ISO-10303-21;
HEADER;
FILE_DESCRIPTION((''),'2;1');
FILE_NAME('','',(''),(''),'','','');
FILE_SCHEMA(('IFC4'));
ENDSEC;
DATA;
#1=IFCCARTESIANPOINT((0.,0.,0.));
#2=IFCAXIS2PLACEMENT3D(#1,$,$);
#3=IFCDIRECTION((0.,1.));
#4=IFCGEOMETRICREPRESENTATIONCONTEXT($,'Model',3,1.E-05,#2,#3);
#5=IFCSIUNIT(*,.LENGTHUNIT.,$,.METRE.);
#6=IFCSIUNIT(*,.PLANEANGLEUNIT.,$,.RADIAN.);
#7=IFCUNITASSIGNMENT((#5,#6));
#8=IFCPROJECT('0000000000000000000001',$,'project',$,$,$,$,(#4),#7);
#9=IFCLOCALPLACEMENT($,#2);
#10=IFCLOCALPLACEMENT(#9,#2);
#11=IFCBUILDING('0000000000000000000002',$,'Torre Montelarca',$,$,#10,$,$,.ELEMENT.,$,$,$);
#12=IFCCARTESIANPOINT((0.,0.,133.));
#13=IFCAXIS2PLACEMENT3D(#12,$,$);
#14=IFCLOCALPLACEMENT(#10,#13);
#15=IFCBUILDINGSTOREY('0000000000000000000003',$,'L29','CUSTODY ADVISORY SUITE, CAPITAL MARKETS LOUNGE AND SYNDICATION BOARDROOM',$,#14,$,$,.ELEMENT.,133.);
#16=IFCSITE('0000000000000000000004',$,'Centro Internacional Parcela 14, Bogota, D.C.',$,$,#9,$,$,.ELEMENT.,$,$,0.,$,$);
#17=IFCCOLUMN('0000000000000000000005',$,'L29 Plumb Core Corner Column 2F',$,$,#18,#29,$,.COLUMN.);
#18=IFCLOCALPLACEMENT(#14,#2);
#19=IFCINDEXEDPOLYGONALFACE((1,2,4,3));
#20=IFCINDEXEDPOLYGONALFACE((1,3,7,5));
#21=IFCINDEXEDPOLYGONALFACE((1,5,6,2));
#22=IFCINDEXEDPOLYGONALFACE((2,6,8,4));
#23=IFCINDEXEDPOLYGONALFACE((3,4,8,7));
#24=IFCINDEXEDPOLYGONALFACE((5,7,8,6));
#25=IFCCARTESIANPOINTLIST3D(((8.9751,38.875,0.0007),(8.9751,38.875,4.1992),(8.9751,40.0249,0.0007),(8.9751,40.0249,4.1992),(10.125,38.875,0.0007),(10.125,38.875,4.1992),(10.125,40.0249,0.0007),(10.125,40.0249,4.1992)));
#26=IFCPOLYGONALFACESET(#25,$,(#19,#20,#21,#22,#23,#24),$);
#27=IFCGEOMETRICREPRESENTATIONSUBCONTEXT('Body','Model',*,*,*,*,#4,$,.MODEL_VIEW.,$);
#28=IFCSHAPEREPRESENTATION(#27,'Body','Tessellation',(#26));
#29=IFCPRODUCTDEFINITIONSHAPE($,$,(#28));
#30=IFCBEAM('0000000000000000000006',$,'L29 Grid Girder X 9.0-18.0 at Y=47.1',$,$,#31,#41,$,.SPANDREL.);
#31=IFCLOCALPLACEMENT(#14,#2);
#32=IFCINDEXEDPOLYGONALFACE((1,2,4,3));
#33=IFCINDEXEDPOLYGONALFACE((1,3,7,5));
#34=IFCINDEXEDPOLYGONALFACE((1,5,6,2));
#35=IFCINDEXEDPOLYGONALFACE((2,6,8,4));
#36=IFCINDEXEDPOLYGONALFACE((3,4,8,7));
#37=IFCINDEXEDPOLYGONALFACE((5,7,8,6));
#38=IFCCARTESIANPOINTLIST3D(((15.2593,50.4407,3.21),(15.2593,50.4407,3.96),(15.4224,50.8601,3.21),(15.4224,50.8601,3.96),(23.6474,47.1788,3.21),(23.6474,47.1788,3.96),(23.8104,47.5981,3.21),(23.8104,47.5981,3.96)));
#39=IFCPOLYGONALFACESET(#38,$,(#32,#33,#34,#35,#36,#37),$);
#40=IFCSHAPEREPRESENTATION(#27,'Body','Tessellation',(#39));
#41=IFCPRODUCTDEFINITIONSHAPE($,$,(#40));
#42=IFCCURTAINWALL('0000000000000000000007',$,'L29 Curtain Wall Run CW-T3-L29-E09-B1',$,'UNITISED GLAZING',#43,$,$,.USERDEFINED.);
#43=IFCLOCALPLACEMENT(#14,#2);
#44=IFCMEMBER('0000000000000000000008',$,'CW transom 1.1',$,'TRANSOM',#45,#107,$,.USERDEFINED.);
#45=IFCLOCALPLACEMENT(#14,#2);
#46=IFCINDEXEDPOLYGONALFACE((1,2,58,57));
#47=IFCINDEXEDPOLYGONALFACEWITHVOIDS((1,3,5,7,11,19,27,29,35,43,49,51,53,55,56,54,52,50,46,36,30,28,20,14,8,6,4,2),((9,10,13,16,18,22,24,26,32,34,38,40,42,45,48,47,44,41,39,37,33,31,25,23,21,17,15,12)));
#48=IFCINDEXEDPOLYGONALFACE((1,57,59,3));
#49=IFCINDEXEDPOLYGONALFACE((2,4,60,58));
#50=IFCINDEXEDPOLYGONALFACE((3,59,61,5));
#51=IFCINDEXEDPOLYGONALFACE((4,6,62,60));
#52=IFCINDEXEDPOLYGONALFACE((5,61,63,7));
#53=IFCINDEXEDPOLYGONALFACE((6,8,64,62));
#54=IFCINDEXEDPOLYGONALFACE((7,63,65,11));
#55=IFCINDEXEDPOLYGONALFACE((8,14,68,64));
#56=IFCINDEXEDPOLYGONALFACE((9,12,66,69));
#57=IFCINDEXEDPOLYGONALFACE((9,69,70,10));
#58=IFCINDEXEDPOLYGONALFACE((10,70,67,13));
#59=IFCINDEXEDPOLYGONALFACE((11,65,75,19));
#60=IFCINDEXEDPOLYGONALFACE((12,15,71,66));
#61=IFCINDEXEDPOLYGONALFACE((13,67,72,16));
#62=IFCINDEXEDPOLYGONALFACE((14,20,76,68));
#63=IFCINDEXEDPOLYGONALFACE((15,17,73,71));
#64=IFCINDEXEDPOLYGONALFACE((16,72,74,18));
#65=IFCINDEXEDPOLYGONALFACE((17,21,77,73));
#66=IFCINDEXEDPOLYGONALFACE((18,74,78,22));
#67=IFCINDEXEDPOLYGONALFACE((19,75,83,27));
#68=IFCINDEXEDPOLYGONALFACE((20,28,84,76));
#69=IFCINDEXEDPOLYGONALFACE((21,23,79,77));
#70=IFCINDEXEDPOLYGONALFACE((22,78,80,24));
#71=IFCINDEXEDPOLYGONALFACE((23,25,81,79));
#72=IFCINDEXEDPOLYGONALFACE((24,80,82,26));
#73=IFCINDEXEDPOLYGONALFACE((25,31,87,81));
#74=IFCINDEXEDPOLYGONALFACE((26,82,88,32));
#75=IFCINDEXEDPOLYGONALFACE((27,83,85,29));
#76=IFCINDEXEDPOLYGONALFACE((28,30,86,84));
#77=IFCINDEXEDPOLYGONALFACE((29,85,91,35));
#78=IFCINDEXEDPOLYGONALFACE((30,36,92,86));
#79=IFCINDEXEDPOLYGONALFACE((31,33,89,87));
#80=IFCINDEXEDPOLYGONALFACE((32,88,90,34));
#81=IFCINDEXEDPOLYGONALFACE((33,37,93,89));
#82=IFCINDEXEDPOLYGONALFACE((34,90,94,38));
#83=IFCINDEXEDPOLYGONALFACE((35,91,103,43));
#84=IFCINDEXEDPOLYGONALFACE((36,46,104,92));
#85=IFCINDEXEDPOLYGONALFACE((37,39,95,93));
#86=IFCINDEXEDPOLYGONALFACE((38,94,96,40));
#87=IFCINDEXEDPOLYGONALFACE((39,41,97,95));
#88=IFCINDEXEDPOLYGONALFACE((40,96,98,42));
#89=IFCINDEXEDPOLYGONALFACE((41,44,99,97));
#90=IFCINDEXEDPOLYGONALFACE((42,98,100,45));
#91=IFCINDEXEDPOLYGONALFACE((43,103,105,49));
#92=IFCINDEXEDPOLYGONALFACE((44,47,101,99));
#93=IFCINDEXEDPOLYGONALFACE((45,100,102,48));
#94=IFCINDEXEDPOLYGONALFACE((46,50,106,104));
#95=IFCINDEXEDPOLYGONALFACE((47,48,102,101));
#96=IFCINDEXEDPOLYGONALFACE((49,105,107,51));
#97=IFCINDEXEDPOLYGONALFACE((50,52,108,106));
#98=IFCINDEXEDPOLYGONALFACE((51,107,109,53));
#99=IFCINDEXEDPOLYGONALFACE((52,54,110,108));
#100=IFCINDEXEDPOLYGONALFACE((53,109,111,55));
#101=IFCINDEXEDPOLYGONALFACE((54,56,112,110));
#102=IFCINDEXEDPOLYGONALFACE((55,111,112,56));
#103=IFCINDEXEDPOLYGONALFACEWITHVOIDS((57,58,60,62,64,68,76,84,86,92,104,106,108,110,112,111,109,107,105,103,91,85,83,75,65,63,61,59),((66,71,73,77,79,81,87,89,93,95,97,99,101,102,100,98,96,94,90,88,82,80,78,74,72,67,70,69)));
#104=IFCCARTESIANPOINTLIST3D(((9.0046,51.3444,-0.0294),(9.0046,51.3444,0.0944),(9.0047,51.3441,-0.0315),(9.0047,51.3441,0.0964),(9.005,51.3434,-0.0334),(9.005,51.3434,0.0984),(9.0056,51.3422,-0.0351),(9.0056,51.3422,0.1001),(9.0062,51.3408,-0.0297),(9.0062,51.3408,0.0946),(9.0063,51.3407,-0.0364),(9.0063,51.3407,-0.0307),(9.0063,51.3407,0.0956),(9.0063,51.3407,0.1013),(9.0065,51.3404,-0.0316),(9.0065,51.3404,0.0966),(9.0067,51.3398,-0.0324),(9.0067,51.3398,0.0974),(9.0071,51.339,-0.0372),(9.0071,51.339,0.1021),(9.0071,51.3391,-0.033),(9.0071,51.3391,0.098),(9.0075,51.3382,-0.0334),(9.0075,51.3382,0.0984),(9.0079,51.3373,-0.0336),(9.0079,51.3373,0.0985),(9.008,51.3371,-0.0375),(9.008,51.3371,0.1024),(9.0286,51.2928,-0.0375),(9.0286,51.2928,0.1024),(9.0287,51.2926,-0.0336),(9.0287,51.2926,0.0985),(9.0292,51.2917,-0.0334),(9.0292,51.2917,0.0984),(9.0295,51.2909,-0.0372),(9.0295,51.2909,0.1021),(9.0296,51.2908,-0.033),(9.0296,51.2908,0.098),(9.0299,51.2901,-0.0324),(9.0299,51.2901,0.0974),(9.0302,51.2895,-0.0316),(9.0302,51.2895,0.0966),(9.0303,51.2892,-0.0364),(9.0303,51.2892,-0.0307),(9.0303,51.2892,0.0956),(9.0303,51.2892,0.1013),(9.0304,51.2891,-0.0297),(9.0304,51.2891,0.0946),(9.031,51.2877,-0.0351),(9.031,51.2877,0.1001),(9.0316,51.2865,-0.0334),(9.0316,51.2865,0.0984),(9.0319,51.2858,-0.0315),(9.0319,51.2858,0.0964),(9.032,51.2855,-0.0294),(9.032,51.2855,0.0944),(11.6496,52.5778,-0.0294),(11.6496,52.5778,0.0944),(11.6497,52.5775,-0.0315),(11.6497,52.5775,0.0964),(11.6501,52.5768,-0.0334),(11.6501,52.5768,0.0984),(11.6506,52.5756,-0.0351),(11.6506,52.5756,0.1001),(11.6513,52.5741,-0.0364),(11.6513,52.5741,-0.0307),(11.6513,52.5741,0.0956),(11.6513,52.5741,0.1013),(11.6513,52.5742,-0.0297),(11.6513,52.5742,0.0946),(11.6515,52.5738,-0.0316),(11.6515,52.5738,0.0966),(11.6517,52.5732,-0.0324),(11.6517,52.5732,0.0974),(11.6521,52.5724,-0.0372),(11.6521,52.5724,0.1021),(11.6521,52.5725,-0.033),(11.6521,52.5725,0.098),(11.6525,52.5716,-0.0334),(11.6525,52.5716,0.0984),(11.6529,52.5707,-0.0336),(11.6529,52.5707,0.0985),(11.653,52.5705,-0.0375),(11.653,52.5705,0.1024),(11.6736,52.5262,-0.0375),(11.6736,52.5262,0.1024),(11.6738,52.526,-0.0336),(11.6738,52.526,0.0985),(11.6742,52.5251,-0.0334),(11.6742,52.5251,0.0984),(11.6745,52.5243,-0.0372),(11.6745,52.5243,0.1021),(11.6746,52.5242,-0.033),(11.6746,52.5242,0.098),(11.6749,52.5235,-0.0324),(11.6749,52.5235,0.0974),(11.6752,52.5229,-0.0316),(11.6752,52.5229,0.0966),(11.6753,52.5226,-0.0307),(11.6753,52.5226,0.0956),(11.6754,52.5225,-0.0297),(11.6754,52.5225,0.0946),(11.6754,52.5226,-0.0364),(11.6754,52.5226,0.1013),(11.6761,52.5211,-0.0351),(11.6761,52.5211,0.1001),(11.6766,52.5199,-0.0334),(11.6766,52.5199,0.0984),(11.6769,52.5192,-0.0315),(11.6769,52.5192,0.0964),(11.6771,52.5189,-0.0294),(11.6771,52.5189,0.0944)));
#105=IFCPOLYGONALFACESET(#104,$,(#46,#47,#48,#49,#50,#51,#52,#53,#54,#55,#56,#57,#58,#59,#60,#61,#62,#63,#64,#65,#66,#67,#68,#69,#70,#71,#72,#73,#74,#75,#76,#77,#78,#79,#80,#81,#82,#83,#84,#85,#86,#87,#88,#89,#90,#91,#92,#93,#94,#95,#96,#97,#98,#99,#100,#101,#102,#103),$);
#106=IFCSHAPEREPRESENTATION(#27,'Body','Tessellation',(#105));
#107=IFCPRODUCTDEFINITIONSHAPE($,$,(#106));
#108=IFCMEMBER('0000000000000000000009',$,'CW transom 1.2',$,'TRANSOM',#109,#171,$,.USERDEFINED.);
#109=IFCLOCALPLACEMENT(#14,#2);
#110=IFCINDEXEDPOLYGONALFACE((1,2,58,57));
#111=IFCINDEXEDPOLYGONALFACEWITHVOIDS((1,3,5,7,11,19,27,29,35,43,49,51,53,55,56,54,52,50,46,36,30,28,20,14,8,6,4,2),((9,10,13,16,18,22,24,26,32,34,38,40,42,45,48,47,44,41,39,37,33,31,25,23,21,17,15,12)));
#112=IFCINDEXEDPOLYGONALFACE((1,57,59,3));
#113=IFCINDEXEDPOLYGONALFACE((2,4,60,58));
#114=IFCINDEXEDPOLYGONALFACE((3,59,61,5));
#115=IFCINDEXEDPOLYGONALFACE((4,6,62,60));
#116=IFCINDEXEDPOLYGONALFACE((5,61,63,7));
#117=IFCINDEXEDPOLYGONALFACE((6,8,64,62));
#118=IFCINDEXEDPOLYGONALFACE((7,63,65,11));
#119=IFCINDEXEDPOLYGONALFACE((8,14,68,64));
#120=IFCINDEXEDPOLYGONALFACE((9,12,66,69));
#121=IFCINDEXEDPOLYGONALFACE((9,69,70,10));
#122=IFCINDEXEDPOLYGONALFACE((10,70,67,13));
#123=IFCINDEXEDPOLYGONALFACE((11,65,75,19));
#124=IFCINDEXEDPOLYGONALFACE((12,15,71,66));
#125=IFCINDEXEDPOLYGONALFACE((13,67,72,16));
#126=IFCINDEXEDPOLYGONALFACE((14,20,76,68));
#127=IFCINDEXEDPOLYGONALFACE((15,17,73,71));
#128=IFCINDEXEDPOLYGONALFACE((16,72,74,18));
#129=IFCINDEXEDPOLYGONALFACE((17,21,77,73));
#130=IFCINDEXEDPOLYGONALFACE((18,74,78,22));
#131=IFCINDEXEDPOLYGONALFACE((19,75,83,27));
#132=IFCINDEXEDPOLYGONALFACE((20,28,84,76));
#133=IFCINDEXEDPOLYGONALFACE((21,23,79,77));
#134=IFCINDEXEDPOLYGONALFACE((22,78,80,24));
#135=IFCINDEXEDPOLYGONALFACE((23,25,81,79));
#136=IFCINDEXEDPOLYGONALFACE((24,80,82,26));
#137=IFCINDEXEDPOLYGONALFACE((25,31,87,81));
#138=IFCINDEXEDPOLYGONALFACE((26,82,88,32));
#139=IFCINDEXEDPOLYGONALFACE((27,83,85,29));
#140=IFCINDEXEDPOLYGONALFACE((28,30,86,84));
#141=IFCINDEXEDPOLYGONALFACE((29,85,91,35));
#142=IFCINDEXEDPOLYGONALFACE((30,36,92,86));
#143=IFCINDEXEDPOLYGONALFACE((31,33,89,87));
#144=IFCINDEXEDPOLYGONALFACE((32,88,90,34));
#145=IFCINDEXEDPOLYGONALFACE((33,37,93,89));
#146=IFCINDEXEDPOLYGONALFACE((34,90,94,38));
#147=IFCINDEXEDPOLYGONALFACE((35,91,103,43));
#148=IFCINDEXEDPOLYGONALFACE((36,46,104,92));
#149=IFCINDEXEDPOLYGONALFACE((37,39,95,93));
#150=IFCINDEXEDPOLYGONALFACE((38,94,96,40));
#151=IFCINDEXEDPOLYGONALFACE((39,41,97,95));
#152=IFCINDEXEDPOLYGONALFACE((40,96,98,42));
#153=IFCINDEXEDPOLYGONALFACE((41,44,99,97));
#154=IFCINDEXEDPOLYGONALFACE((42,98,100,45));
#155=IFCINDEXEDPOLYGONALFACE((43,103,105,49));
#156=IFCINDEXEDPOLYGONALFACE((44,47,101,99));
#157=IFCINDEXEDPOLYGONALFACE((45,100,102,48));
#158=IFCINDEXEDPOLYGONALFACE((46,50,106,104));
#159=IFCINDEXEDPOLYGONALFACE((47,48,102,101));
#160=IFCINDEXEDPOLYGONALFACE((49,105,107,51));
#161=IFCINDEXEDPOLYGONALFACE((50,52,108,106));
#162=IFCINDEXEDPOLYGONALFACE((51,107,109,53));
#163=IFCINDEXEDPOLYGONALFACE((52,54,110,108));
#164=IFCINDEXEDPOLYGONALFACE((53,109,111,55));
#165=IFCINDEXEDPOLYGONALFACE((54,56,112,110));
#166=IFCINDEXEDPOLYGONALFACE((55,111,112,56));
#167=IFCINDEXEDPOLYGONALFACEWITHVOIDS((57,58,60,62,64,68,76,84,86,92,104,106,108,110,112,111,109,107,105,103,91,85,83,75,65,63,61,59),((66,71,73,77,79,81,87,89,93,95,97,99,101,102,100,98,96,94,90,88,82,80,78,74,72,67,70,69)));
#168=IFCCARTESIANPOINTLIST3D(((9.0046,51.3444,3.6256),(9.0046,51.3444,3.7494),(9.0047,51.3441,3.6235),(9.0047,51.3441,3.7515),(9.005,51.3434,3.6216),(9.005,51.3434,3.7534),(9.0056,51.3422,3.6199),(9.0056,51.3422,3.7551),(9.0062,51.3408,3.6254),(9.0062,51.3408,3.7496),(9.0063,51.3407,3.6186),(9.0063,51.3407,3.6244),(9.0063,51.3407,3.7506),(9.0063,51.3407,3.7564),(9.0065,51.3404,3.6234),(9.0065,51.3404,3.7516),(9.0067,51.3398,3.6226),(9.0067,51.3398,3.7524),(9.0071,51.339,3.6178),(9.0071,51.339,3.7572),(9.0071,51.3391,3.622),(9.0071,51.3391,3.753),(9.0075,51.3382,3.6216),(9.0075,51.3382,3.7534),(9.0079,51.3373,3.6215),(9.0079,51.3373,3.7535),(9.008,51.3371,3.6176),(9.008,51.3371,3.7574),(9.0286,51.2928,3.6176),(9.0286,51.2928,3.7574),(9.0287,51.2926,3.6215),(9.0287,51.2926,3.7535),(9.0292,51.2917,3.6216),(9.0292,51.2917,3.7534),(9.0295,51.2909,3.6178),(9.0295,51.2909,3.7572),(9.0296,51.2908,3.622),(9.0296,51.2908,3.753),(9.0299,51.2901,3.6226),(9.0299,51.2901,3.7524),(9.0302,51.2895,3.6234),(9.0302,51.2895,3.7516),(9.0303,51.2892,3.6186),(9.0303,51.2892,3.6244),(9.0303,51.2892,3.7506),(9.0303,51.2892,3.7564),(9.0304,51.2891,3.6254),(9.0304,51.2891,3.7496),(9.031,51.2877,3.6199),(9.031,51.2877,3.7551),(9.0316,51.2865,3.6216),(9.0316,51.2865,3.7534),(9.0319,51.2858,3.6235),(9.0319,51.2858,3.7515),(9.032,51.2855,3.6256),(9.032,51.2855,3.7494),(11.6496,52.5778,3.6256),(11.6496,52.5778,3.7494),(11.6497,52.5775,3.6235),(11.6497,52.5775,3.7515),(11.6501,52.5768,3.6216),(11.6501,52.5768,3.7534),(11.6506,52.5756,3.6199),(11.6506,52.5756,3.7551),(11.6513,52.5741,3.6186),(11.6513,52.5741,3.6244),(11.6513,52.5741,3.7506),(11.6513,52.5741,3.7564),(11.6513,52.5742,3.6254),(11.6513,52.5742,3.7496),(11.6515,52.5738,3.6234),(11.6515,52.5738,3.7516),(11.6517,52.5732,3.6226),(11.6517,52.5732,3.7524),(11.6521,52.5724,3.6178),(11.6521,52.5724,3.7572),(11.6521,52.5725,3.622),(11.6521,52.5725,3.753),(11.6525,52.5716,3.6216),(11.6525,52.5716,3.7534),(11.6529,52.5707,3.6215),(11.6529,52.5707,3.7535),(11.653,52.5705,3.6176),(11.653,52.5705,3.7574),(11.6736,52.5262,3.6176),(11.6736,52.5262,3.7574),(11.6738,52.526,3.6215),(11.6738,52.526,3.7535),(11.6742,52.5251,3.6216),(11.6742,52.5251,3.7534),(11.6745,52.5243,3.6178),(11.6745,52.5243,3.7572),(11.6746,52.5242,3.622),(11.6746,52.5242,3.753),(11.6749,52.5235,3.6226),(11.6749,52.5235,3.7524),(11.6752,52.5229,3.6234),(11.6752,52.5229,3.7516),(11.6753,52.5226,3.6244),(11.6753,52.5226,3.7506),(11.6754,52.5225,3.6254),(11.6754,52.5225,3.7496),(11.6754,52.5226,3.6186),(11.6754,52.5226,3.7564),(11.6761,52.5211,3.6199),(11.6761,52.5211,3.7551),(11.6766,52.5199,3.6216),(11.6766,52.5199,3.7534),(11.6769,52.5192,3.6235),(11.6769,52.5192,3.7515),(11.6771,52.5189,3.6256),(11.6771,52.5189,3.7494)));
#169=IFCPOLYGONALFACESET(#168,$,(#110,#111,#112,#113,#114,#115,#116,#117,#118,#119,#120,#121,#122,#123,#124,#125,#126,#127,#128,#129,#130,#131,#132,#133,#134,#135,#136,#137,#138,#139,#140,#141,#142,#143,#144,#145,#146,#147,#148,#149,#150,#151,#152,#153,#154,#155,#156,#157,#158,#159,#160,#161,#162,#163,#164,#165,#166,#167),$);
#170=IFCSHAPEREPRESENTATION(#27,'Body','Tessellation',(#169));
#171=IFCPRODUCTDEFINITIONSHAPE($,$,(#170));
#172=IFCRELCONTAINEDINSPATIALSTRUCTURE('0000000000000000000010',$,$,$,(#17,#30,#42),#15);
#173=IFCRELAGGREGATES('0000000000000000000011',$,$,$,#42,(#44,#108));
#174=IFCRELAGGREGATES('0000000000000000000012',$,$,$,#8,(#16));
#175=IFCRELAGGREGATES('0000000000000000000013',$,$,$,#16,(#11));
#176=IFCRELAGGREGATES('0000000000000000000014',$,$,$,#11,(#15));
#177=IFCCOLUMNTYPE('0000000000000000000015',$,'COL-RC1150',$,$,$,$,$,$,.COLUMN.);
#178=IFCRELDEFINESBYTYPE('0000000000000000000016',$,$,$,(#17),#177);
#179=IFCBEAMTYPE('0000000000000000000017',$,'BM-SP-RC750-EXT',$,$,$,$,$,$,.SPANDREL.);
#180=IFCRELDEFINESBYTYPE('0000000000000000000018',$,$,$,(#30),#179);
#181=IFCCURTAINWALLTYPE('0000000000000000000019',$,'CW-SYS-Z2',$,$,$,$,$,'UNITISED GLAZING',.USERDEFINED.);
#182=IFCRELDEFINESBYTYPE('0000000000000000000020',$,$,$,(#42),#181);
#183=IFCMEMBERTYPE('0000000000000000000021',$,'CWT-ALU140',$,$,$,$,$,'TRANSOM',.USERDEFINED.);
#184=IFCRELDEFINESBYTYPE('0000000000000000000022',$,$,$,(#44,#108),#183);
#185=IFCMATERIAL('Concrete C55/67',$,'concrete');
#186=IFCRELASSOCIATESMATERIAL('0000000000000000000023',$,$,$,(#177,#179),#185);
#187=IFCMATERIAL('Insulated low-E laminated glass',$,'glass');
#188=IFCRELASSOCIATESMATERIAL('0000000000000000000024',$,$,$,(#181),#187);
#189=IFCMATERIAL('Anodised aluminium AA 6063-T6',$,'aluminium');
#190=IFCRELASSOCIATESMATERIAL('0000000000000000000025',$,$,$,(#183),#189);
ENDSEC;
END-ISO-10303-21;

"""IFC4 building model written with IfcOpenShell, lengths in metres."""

from ifc_helpers import new_model, si_unit, direction, frame, origin, origin_2d, place, context, subcontext, project, spatial, rectangle, hollow_rectangle, extrude, source, transform, mapped, material, material_profile, profile_set, type_object, element, aggregate, save


model = new_model("IFC4")

# Units and contexts
model_context = context("Model", 3, precision=1e-05, world=origin(), true_north=direction((0.0, 1.0)))
body_context = subcontext(model_context, "Body", "Model", "MODEL_VIEW")
ifc_project = project(units=[si_unit("LENGTHUNIT", "METRE"), si_unit("PLANEANGLEUNIT", "RADIAN")], contexts=[model_context])

# Site, building, storey
site_placement = place(None, origin())
site = spatial("IfcSite", under=ifc_project, at=site_placement, Name="Centro Internacional Parcela 14, Bogota, D.C.", CompositionType="ELEMENT", RefElevation=0.0)
building_placement = place(site_placement, origin())
building = spatial("IfcBuilding", under=site, at=building_placement, Name="Torre Montelarca", CompositionType="ELEMENT")
storey_placement = place(building_placement, frame((0.0, 0.0, 133.0)))
storey = spatial("IfcBuildingStorey", under=building, at=storey_placement, Name="L29", Description="CUSTODY ADVISORY SUITE, CAPITAL MARKETS LOUNGE AND SYNDICATION BOARDROOM", CompositionType="ELEMENT", Elevation=133.0)

# Column
ifc_material_1 = material(Name="Concrete C55/67", Category="concrete")
ifc_material_profile_1 = material_profile(ifc_material_1, rectangle(XDim=1.1499, YDim=1.1499, at=origin_2d()), Name="RC1150X1150", Category="concrete")
ifc_profile_set_1 = profile_set([ifc_material_profile_1], Name="Concrete C55/67")
column_type_1 = type_object("IfcColumnType", Name="COL-RC1150", PredefinedType="COLUMN", material=ifc_profile_set_1)
shared_shape_1 = source(origin(), body_context, "Body", "SweptSolid", [
    extrude(rectangle(XDim=1.1499, YDim=1.1499, at=origin_2d()), origin(), (0.0, 0.0, 1.0), 4.1985),
])
column_1_placement = place(storey_placement, frame((9.55, 39.45, 0.0007), z_axis=(0.0, 0.0, 1.0), x_axis=(1.0, 0.0, 0.0)))
element("IfcColumn", 1, at=column_1_placement, inside=storey, type_object=column_type_1, Name="L29 Plumb Core Corner Column 2F", PredefinedType="COLUMN", context=body_context, shape_type="MappedRepresentation", body=[
    mapped(shared_shape_1, transform((0.0, 0.0, 0.0), scale=1.0)),
])

# Beam
ifc_material_profile_2 = material_profile(ifc_material_1, rectangle(XDim=0.45, YDim=0.75, at=origin_2d()), Name="RCB450X750", Category="concrete")
ifc_profile_set_2 = profile_set([ifc_material_profile_2], Name="Concrete C55/67")
beam_type = type_object("IfcBeamType", Name="BM-SP-RC750-EXT", PredefinedType="SPANDREL", material=ifc_profile_set_2)
shared_shape_2 = source(origin(), body_context, "Body", "SweptSolid", [
    extrude(rectangle(XDim=0.45, YDim=0.75, at=origin_2d()), origin(), (0.0, 0.0, 1.0), 9.0),
])
beam_placement = place(storey_placement, frame((15.3408, 50.6504, 3.585), z_axis=(0.932009, -0.362436, 0.0), x_axis=(0.362436, 0.932009, 0.0)))
element("IfcBeam", 2, at=beam_placement, inside=storey, type_object=beam_type, Name="L29 Grid Girder X 9.0-18.0 at Y=47.1", PredefinedType="SPANDREL", context=body_context, shape_type="MappedRepresentation", body=[
    mapped(shared_shape_2, transform((0.0, 0.0, 0.0), scale=1.0)),
])

# Curtain wall, members
ifc_material_2 = material(Name="Insulated low-E laminated glass", Category="glass")
curtain_wall_type = type_object("IfcCurtainWallType", Name="CW-SYS-Z2", ElementType="UNITISED GLAZING", PredefinedType="USERDEFINED", material=ifc_material_2)
curtain_wall_1_placement = place(storey_placement, origin())
curtain_wall_1 = element("IfcCurtainWall", 3, at=curtain_wall_1_placement, inside=storey, type_object=curtain_wall_type, Name="L29 Curtain Wall Run CW-T3-L29-E09-B1", ObjectType="UNITISED GLAZING", PredefinedType="USERDEFINED")
ifc_material_3 = material(Name="Anodised aluminium AA 6063-T6", Category="aluminium")
ifc_material_profile_3 = material_profile(ifc_material_3, hollow_rectangle(XDim=0.0649, YDim=0.1399, WallThickness=0.0039, InnerFilletRadius=0.0039, OuterFilletRadius=0.0081, at=origin_2d()), Name="ALU65X140X4", Category="aluminium")
ifc_profile_set_3 = profile_set([ifc_material_profile_3], Name="Anodised aluminium AA 6063-T6")
member_type_1 = type_object("IfcMemberType", Name="CWT-ALU140", ElementType="TRANSOM", PredefinedType="USERDEFINED", material=ifc_profile_set_3)
shared_shape_3 = source(origin(), body_context, "Body", "SweptSolid", [
    extrude(hollow_rectangle(XDim=0.0649, YDim=0.1399, WallThickness=0.0039, InnerFilletRadius=0.0039, OuterFilletRadius=0.0081, at=origin_2d()), origin(), (0.0, 0.0, 1.0), 2.9185),
])
member_1_placement = place(storey_placement, frame((11.6633, 52.5483, 0.0325), z_axis=(-0.906307, -0.42262, 0.0), x_axis=(0.42262, -0.906307, 0.0)))
member_1 = element("IfcMember", 4, at=member_1_placement, type_object=member_type_1, Name="CW transom 1.1", ObjectType="TRANSOM", PredefinedType="USERDEFINED", context=body_context, shape_type="MappedRepresentation", body=[
    mapped(shared_shape_3, transform((0.0, 0.0, 0.0), scale=1.0)),
])
member_2_placement = place(storey_placement, frame((11.6633, 52.5483, 3.6875), z_axis=(-0.906307, -0.42262, 0.0), x_axis=(0.42262, -0.906307, 0.0)))
member_2 = element("IfcMember", 5, at=member_2_placement, type_object=member_type_1, Name="CW transom 1.2", ObjectType="TRANSOM", PredefinedType="USERDEFINED", context=body_context, shape_type="MappedRepresentation", body=[
    mapped(shared_shape_3, transform((0.0, 0.0, 0.0), scale=1.0)),
])

aggregate(curtain_wall_1, [member_1, member_2])

save(model, "model.ifc")
